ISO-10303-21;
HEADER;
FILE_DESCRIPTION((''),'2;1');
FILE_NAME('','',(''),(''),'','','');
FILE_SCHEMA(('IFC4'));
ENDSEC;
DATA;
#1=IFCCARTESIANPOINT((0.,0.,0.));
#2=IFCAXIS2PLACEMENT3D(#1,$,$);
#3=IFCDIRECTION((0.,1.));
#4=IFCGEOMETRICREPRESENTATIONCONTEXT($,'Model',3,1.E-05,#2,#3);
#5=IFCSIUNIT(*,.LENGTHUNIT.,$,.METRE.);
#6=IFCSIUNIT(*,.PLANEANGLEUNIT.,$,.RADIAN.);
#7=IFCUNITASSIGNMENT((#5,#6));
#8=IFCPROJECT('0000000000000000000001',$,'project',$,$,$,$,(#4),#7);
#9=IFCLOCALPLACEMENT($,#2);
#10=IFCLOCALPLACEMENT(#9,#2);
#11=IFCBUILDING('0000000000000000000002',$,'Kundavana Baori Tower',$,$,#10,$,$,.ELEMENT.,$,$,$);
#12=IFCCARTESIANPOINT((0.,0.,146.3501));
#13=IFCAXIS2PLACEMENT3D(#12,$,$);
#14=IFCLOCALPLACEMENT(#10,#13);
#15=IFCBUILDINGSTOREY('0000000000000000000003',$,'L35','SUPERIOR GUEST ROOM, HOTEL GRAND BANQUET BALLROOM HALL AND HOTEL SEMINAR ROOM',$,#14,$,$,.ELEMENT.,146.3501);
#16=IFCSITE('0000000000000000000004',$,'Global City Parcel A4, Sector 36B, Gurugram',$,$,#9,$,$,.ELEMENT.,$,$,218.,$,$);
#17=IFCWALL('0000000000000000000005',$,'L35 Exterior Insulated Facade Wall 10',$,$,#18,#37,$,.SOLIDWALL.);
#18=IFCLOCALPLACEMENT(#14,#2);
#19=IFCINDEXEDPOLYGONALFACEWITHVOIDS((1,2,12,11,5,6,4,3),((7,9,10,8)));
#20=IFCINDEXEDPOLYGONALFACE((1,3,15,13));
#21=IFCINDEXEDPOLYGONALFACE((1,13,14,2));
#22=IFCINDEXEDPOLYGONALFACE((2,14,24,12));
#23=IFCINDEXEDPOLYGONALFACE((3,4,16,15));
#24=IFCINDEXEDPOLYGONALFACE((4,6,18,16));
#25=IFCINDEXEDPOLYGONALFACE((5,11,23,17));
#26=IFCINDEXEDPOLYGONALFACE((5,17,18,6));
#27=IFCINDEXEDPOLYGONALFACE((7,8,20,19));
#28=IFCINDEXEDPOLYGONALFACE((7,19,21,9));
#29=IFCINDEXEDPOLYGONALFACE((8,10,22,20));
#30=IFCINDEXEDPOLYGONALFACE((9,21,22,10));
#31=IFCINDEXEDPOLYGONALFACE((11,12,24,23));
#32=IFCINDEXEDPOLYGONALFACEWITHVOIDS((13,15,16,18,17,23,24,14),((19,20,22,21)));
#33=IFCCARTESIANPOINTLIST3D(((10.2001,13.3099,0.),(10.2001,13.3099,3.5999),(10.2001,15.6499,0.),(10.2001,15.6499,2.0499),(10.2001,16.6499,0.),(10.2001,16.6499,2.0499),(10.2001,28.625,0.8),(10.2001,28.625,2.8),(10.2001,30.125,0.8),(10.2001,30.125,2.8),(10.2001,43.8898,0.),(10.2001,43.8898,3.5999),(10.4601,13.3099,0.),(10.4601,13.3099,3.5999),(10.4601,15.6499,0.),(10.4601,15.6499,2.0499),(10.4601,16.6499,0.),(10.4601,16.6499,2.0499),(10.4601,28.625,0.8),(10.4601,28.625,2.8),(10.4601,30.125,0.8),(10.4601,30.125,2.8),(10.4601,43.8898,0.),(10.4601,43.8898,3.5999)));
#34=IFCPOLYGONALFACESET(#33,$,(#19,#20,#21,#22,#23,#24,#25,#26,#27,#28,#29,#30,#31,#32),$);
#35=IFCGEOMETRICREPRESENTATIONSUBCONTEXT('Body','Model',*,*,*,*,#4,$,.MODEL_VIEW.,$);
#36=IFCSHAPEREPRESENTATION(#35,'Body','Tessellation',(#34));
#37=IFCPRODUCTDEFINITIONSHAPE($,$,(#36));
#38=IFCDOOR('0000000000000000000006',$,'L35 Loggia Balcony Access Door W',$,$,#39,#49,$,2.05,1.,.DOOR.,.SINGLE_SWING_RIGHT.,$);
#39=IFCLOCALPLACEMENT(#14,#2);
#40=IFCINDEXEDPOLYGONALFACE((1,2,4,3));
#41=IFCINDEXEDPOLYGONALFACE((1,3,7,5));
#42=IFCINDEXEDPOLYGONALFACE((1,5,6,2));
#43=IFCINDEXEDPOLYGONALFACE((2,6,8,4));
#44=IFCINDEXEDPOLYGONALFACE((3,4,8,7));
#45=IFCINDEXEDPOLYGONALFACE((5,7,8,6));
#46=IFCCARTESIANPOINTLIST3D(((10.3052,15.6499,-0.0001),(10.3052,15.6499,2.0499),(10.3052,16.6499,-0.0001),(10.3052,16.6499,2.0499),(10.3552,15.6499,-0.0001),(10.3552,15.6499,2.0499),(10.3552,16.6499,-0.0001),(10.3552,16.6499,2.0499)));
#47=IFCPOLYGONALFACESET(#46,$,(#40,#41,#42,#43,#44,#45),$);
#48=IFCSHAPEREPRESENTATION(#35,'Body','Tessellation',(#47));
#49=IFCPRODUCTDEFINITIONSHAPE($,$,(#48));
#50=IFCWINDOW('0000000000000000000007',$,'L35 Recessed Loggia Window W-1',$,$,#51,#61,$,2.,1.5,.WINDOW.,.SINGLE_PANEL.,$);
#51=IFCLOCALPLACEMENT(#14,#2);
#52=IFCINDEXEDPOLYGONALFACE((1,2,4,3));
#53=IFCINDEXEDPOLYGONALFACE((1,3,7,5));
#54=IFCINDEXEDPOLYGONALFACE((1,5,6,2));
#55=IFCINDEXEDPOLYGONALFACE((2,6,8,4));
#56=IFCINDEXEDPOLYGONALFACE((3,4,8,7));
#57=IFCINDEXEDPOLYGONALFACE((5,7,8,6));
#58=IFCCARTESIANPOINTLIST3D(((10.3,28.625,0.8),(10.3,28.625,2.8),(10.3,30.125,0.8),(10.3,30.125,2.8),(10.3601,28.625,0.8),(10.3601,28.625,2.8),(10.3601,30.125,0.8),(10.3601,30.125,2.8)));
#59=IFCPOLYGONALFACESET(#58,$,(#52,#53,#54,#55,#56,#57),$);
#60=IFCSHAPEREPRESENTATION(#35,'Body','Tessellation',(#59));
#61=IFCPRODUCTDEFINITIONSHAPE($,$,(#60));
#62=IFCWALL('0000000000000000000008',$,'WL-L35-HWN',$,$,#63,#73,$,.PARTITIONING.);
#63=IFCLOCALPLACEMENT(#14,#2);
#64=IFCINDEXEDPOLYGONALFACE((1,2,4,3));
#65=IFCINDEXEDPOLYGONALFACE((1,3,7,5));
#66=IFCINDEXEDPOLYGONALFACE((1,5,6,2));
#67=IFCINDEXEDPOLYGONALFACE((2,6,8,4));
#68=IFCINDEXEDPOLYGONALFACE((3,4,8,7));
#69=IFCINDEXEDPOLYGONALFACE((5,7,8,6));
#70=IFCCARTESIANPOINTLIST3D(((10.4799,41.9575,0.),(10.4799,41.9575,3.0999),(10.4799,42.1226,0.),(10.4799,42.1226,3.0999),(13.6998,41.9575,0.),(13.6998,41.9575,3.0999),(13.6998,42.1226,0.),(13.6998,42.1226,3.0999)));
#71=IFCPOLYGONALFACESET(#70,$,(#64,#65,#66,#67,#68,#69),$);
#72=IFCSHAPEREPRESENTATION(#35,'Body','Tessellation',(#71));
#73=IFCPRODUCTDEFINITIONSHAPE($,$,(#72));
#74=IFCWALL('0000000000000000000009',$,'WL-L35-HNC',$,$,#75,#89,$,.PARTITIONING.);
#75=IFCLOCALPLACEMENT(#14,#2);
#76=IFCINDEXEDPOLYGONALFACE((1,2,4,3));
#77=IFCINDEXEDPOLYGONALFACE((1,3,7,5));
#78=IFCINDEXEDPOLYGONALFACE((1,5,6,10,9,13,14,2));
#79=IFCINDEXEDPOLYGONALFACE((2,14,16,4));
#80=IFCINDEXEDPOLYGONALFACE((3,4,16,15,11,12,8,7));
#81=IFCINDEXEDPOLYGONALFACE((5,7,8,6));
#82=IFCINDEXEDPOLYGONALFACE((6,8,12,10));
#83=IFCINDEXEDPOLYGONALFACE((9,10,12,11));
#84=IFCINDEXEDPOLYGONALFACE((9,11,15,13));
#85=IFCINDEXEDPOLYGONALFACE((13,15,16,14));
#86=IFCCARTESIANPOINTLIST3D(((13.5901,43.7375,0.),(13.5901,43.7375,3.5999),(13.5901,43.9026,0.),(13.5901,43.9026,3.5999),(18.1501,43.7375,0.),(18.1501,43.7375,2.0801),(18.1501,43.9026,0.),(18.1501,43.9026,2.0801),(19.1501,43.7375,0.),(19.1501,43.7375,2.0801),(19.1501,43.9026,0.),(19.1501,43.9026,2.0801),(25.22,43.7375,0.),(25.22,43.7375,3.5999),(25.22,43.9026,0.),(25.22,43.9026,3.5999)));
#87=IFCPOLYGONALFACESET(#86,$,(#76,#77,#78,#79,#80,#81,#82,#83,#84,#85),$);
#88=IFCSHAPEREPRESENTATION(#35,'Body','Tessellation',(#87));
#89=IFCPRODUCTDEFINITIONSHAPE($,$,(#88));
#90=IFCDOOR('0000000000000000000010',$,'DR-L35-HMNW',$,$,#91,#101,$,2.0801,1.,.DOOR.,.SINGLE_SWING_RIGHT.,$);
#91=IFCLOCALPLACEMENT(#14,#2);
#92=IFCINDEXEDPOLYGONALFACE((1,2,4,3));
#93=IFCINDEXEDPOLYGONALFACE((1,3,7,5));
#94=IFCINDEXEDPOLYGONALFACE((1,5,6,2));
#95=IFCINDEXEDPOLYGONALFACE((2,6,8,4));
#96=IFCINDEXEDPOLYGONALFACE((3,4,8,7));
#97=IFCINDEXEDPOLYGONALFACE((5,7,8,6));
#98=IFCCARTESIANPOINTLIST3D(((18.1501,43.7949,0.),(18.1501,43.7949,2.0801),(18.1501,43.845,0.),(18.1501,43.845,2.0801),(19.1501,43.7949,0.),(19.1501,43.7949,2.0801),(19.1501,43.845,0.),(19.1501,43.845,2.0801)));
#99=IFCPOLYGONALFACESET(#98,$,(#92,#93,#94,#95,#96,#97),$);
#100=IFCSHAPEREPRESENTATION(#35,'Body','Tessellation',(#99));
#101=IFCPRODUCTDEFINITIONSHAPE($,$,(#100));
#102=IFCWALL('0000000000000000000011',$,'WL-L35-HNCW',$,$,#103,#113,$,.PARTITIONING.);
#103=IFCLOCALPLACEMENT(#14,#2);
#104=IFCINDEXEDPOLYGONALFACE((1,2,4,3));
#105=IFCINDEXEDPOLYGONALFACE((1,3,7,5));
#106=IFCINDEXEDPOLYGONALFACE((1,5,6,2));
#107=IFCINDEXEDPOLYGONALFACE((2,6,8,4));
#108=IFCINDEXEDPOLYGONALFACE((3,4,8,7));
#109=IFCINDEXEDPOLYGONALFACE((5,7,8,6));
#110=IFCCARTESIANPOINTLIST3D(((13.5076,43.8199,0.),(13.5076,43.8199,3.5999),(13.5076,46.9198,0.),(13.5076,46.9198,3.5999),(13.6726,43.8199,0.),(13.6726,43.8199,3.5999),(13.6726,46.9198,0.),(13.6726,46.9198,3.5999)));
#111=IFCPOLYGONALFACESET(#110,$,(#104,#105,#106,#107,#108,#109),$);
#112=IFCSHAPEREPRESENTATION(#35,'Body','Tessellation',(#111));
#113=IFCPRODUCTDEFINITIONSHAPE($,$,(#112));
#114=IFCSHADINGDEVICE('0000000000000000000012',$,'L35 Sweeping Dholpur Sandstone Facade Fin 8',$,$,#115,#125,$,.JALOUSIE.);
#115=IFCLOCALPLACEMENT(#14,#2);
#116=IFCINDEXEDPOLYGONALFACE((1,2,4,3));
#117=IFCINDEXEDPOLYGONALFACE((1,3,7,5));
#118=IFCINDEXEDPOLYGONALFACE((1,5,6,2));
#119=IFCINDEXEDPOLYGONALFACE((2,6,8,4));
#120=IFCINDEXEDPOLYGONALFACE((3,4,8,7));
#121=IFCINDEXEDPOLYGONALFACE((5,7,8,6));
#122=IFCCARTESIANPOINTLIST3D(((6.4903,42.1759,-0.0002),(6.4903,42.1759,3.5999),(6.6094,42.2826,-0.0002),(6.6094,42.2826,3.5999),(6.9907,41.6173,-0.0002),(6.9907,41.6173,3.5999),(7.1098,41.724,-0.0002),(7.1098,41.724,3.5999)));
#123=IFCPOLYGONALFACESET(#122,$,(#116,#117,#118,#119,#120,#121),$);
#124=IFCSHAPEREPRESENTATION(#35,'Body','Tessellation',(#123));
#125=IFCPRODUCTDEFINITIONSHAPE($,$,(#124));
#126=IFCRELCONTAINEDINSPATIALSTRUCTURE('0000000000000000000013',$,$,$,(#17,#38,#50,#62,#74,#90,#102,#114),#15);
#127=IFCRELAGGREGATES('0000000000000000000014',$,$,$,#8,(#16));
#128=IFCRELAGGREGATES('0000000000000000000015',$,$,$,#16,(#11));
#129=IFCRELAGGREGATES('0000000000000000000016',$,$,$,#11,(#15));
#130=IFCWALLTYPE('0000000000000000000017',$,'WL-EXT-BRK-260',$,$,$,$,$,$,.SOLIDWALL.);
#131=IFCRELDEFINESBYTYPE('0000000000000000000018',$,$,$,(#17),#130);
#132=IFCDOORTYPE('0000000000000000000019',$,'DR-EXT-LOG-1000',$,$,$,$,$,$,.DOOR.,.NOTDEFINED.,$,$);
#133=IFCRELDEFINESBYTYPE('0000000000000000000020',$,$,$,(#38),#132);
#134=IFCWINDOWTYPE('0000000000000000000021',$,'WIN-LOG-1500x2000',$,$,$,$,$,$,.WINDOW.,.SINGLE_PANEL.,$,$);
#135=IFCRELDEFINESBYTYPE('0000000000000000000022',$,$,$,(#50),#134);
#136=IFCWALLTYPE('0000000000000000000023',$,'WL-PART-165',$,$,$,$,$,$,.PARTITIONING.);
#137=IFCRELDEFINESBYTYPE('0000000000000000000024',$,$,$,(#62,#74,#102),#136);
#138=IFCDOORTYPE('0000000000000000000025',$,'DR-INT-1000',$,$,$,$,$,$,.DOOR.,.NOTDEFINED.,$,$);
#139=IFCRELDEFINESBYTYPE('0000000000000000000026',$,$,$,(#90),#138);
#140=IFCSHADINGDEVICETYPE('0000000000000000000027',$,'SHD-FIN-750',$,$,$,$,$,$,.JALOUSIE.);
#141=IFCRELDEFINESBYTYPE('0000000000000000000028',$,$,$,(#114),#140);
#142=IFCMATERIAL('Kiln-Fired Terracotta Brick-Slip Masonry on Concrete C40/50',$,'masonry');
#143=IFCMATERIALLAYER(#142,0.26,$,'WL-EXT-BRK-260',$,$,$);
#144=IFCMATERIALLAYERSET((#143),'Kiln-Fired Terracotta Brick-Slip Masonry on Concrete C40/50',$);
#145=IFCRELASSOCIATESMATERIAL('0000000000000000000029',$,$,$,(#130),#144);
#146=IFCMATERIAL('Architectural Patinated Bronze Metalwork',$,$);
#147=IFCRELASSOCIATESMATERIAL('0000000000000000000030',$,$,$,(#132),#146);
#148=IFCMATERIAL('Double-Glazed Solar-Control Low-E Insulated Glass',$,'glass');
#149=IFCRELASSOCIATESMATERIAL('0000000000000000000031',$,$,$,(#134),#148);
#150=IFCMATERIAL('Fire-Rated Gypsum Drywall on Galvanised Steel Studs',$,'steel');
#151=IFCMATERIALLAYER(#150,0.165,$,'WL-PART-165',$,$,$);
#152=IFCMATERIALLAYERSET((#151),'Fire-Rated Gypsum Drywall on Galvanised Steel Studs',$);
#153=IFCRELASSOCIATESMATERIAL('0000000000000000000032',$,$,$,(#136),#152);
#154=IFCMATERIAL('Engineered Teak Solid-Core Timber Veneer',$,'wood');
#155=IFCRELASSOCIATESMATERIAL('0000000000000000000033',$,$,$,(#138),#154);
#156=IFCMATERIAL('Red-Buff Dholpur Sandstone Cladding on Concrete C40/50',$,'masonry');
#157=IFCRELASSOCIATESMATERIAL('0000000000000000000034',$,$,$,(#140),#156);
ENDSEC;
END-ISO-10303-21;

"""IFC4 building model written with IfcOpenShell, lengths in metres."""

from ifc_helpers import new_model, si_unit, direction, frame, frame_2d, origin, origin_2d, place, context, subcontext, project, spatial, rectangle, extrude, material, layer, layer_set, type_object, element, fill, save


model = new_model("IFC4")

# Units and contexts
model_context = context("Model", 3, precision=1e-05, world=origin(), true_north=direction((0.0, 1.0)))
body_context = subcontext(model_context, "Body", "Model", "MODEL_VIEW")
ifc_project = project(units=[si_unit("LENGTHUNIT", "METRE"), si_unit("PLANEANGLEUNIT", "RADIAN")], contexts=[model_context])

# Site, building, storey
site_placement = place(None, origin())
site = spatial("IfcSite", under=ifc_project, at=site_placement, Name="Global City Parcel A4, Sector 36B, Gurugram", CompositionType="ELEMENT", RefElevation=218.0)
building_placement = place(site_placement, origin())
building = spatial("IfcBuilding", under=site, at=building_placement, Name="Kundavana Baori Tower", CompositionType="ELEMENT")
storey_placement = place(building_placement, frame((0.0, 0.0, 146.3501)))
storey = spatial("IfcBuildingStorey", under=building, at=storey_placement, Name="L35", Description="SUPERIOR GUEST ROOM, HOTEL GRAND BANQUET BALLROOM HALL AND HOTEL SEMINAR ROOM", CompositionType="ELEMENT", Elevation=146.3501)

# Shared definitions
ifc_material_1 = material(Name="Kiln-Fired Terracotta Brick-Slip Masonry on Concrete C40/50", Category="masonry")
ifc_layer_1 = layer(ifc_material_1, 0.26, Name="WL-EXT-BRK-260")
ifc_layer_set_1 = layer_set([ifc_layer_1], Name="Kiln-Fired Terracotta Brick-Slip Masonry on Concrete C40/50")
wall_type_1 = type_object("IfcWallType", Name="WL-EXT-BRK-260", PredefinedType="SOLIDWALL", material=ifc_layer_set_1)

# Wall, openings, door, window
wall_1_placement = place(storey_placement, frame((10.3301, 43.8899, 0.0), z_axis=(0.0, 0.0, 1.0), x_axis=(0.0, -1.0, 0.0)))
wall_1 = element("IfcWall", 1, at=wall_1_placement, inside=storey, type_object=wall_type_1, Name="L35 Exterior Insulated Facade Wall 10", PredefinedType="SOLIDWALL", context=body_context, shape_type="SweptSolid", body=[
    extrude(rectangle(XDim=30.5798, YDim=0.26, at=frame_2d((15.29, 0.0))), origin(), (0.0, 0.0, 1.0), 3.5999),
])
opening_1_placement = place(wall_1_placement, frame((27.24, 0.0, 0.0)))
opening_1 = element("IfcOpeningElement", 2, at=opening_1_placement, cuts=wall_1, PredefinedType="OPENING", context=body_context, shape_type="SweptSolid", body=[
    extrude(rectangle(XDim=1.0, YDim=2.05, at=frame_2d((0.5, 1.0249))), frame((0.0, 0.1401, 0.0), z_axis=(0.0, -1.0, 0.0), x_axis=(1.0, 0.0, 0.0)), (0.0, 0.0, 1.0), 0.28),
])
opening_2_placement = place(wall_1_placement, frame((13.7649, 0.0, 0.8)))
opening_2 = element("IfcOpeningElement", 3, at=opening_2_placement, cuts=wall_1, PredefinedType="OPENING", context=body_context, shape_type="SweptSolid", body=[
    extrude(rectangle(XDim=1.5, YDim=2.0, at=frame_2d((0.75, 1.0))), frame((0.0, 0.1401, 0.0), z_axis=(0.0, -1.0, 0.0), x_axis=(1.0, 0.0, 0.0)), (0.0, 0.0, 1.0), 0.28),
])
ifc_material_2 = material(Name="Architectural Patinated Bronze Metalwork")
door_type_1 = type_object("IfcDoorType", Name="DR-EXT-LOG-1000", OperationType="NOTDEFINED", PredefinedType="DOOR", material=ifc_material_2)
door_1_placement = place(opening_1_placement, frame((1.0, 0.0, 0.0), z_axis=(0.0, 0.0, 1.0), x_axis=(-1.0, 0.0, 0.0)))
door_1 = element("IfcDoor", 4, at=door_1_placement, inside=storey, type_object=door_type_1, Name="L35 Loggia Balcony Access Door W", OperationType="SINGLE_SWING_RIGHT", OverallHeight=2.05, OverallWidth=1.0, PredefinedType="DOOR", context=body_context, shape_type="SweptSolid", body=[
    extrude(rectangle(XDim=1.0, YDim=2.05, at=frame_2d((0.5, 1.0249))), frame((0.0, 0.0249, 0.0), z_axis=(0.0, -1.0, 0.0), x_axis=(1.0, 0.0, 0.0)), (0.0, 0.0, 1.0), 0.05),
])
fill(opening_1, door_1)
ifc_material_3 = material(Name="Double-Glazed Solar-Control Low-E Insulated Glass", Category="glass")
window_type = type_object("IfcWindowType", Name="WIN-LOG-1500x2000", PartitioningType="SINGLE_PANEL", PredefinedType="WINDOW", material=ifc_material_3)
window_placement = place(opening_2_placement, origin())
window = element("IfcWindow", 5, at=window_placement, inside=storey, type_object=window_type, Name="L35 Recessed Loggia Window W-1", OverallHeight=2.0, OverallWidth=1.5, PartitioningType="SINGLE_PANEL", PredefinedType="WINDOW", context=body_context, shape_type="SweptSolid", body=[
    extrude(rectangle(XDim=1.5, YDim=2.0, at=frame_2d((0.75, 1.0))), frame((0.0, 0.03, 0.0), z_axis=(0.0, -1.0, 0.0), x_axis=(1.0, 0.0, 0.0)), (0.0, 0.0, 1.0), 0.0601),
])
fill(opening_2, window)

# Wall
ifc_material_4 = material(Name="Fire-Rated Gypsum Drywall on Galvanised Steel Studs", Category="steel")
ifc_layer_2 = layer(ifc_material_4, 0.165, Name="WL-PART-165")
ifc_layer_set_2 = layer_set([ifc_layer_2], Name="Fire-Rated Gypsum Drywall on Galvanised Steel Studs")
wall_type_2 = type_object("IfcWallType", Name="WL-PART-165", PredefinedType="PARTITIONING", material=ifc_layer_set_2)
wall_2_placement = place(storey_placement, frame((10.48, 42.04, 0.0), z_axis=(0.0, 0.0, 1.0), x_axis=(1.0, 0.0, 0.0)))
element("IfcWall", 6, at=wall_2_placement, inside=storey, type_object=wall_type_2, Name="WL-L35-HWN", PredefinedType="PARTITIONING", context=body_context, shape_type="SweptSolid", body=[
    extrude(rectangle(XDim=3.22, YDim=0.165, at=frame_2d((1.6099, 0.0))), origin(), (0.0, 0.0, 1.0), 3.0999),
])

# Wall, opening, door
wall_3_placement = place(storey_placement, frame((13.5901, 43.8201, 0.0), z_axis=(0.0, 0.0, 1.0), x_axis=(1.0, 0.0, 0.0)))
wall_3 = element("IfcWall", 7, at=wall_3_placement, inside=storey, type_object=wall_type_2, Name="WL-L35-HNC", PredefinedType="PARTITIONING", context=body_context, shape_type="SweptSolid", body=[
    extrude(rectangle(XDim=11.6299, YDim=0.165, at=frame_2d((5.8149, 0.0))), origin(), (0.0, 0.0, 1.0), 3.5999),
])
opening_3_placement = place(wall_3_placement, frame((4.5601, 0.0, 0.0)))
opening_3 = element("IfcOpeningElement", 8, at=opening_3_placement, cuts=wall_3, PredefinedType="OPENING", context=body_context, shape_type="SweptSolid", body=[
    extrude(rectangle(XDim=1.0, YDim=2.0801, at=frame_2d((0.5, 1.04))), frame((0.0, 0.0925, 0.0), z_axis=(0.0, -1.0, 0.0), x_axis=(1.0, 0.0, 0.0)), (0.0, 0.0, 1.0), 0.1851),
])
ifc_material_5 = material(Name="Engineered Teak Solid-Core Timber Veneer", Category="wood")
door_type_2 = type_object("IfcDoorType", Name="DR-INT-1000", OperationType="NOTDEFINED", PredefinedType="DOOR", material=ifc_material_5)
door_2_placement = place(opening_3_placement, origin())
door_2 = element("IfcDoor", 9, at=door_2_placement, inside=storey, type_object=door_type_2, Name="DR-L35-HMNW", OperationType="SINGLE_SWING_RIGHT", OverallHeight=2.0801, OverallWidth=1.0, PredefinedType="DOOR", context=body_context, shape_type="SweptSolid", body=[
    extrude(rectangle(XDim=1.0, YDim=2.0801, at=frame_2d((0.5, 1.04))), frame((0.0, 0.0249, 0.0), z_axis=(0.0, -1.0, 0.0), x_axis=(1.0, 0.0, 0.0)), (0.0, 0.0, 1.0), 0.05),
])
fill(opening_3, door_2)

# Wall
wall_4_placement = place(storey_placement, frame((13.5901, 43.8201, 0.0), z_axis=(0.0, 0.0, 1.0), x_axis=(0.0, 1.0, 0.0)))
element("IfcWall", 10, at=wall_4_placement, inside=storey, type_object=wall_type_2, Name="WL-L35-HNCW", PredefinedType="PARTITIONING", context=body_context, shape_type="SweptSolid", body=[
    extrude(rectangle(XDim=3.0999, YDim=0.165, at=frame_2d((1.5498, 0.0))), origin(), (0.0, 0.0, 1.0), 3.5999),
])

# Shading device
ifc_material_6 = material(Name="Red-Buff Dholpur Sandstone Cladding on Concrete C40/50", Category="masonry")
shading_device_type = type_object("IfcShadingDeviceType", Name="SHD-FIN-750", PredefinedType="JALOUSIE", material=ifc_material_6)
shading_device_placement = place(storey_placement, frame((6.8, 41.95, -0.0002), z_axis=(0.0, 0.0, 1.0), x_axis=(0.744778, 0.667313, 0.0)))
element("IfcShadingDevice", 11, at=shading_device_placement, inside=storey, type_object=shading_device_type, Name="L35 Sweeping Dholpur Sandstone Facade Fin 8", PredefinedType="JALOUSIE", context=body_context, shape_type="SweptSolid", body=[
    extrude(rectangle(XDim=0.1599, YDim=0.75, at=origin_2d()), origin(), (0.0, 0.0, 1.0), 3.6001),
])

save(model, "model.ifc")
